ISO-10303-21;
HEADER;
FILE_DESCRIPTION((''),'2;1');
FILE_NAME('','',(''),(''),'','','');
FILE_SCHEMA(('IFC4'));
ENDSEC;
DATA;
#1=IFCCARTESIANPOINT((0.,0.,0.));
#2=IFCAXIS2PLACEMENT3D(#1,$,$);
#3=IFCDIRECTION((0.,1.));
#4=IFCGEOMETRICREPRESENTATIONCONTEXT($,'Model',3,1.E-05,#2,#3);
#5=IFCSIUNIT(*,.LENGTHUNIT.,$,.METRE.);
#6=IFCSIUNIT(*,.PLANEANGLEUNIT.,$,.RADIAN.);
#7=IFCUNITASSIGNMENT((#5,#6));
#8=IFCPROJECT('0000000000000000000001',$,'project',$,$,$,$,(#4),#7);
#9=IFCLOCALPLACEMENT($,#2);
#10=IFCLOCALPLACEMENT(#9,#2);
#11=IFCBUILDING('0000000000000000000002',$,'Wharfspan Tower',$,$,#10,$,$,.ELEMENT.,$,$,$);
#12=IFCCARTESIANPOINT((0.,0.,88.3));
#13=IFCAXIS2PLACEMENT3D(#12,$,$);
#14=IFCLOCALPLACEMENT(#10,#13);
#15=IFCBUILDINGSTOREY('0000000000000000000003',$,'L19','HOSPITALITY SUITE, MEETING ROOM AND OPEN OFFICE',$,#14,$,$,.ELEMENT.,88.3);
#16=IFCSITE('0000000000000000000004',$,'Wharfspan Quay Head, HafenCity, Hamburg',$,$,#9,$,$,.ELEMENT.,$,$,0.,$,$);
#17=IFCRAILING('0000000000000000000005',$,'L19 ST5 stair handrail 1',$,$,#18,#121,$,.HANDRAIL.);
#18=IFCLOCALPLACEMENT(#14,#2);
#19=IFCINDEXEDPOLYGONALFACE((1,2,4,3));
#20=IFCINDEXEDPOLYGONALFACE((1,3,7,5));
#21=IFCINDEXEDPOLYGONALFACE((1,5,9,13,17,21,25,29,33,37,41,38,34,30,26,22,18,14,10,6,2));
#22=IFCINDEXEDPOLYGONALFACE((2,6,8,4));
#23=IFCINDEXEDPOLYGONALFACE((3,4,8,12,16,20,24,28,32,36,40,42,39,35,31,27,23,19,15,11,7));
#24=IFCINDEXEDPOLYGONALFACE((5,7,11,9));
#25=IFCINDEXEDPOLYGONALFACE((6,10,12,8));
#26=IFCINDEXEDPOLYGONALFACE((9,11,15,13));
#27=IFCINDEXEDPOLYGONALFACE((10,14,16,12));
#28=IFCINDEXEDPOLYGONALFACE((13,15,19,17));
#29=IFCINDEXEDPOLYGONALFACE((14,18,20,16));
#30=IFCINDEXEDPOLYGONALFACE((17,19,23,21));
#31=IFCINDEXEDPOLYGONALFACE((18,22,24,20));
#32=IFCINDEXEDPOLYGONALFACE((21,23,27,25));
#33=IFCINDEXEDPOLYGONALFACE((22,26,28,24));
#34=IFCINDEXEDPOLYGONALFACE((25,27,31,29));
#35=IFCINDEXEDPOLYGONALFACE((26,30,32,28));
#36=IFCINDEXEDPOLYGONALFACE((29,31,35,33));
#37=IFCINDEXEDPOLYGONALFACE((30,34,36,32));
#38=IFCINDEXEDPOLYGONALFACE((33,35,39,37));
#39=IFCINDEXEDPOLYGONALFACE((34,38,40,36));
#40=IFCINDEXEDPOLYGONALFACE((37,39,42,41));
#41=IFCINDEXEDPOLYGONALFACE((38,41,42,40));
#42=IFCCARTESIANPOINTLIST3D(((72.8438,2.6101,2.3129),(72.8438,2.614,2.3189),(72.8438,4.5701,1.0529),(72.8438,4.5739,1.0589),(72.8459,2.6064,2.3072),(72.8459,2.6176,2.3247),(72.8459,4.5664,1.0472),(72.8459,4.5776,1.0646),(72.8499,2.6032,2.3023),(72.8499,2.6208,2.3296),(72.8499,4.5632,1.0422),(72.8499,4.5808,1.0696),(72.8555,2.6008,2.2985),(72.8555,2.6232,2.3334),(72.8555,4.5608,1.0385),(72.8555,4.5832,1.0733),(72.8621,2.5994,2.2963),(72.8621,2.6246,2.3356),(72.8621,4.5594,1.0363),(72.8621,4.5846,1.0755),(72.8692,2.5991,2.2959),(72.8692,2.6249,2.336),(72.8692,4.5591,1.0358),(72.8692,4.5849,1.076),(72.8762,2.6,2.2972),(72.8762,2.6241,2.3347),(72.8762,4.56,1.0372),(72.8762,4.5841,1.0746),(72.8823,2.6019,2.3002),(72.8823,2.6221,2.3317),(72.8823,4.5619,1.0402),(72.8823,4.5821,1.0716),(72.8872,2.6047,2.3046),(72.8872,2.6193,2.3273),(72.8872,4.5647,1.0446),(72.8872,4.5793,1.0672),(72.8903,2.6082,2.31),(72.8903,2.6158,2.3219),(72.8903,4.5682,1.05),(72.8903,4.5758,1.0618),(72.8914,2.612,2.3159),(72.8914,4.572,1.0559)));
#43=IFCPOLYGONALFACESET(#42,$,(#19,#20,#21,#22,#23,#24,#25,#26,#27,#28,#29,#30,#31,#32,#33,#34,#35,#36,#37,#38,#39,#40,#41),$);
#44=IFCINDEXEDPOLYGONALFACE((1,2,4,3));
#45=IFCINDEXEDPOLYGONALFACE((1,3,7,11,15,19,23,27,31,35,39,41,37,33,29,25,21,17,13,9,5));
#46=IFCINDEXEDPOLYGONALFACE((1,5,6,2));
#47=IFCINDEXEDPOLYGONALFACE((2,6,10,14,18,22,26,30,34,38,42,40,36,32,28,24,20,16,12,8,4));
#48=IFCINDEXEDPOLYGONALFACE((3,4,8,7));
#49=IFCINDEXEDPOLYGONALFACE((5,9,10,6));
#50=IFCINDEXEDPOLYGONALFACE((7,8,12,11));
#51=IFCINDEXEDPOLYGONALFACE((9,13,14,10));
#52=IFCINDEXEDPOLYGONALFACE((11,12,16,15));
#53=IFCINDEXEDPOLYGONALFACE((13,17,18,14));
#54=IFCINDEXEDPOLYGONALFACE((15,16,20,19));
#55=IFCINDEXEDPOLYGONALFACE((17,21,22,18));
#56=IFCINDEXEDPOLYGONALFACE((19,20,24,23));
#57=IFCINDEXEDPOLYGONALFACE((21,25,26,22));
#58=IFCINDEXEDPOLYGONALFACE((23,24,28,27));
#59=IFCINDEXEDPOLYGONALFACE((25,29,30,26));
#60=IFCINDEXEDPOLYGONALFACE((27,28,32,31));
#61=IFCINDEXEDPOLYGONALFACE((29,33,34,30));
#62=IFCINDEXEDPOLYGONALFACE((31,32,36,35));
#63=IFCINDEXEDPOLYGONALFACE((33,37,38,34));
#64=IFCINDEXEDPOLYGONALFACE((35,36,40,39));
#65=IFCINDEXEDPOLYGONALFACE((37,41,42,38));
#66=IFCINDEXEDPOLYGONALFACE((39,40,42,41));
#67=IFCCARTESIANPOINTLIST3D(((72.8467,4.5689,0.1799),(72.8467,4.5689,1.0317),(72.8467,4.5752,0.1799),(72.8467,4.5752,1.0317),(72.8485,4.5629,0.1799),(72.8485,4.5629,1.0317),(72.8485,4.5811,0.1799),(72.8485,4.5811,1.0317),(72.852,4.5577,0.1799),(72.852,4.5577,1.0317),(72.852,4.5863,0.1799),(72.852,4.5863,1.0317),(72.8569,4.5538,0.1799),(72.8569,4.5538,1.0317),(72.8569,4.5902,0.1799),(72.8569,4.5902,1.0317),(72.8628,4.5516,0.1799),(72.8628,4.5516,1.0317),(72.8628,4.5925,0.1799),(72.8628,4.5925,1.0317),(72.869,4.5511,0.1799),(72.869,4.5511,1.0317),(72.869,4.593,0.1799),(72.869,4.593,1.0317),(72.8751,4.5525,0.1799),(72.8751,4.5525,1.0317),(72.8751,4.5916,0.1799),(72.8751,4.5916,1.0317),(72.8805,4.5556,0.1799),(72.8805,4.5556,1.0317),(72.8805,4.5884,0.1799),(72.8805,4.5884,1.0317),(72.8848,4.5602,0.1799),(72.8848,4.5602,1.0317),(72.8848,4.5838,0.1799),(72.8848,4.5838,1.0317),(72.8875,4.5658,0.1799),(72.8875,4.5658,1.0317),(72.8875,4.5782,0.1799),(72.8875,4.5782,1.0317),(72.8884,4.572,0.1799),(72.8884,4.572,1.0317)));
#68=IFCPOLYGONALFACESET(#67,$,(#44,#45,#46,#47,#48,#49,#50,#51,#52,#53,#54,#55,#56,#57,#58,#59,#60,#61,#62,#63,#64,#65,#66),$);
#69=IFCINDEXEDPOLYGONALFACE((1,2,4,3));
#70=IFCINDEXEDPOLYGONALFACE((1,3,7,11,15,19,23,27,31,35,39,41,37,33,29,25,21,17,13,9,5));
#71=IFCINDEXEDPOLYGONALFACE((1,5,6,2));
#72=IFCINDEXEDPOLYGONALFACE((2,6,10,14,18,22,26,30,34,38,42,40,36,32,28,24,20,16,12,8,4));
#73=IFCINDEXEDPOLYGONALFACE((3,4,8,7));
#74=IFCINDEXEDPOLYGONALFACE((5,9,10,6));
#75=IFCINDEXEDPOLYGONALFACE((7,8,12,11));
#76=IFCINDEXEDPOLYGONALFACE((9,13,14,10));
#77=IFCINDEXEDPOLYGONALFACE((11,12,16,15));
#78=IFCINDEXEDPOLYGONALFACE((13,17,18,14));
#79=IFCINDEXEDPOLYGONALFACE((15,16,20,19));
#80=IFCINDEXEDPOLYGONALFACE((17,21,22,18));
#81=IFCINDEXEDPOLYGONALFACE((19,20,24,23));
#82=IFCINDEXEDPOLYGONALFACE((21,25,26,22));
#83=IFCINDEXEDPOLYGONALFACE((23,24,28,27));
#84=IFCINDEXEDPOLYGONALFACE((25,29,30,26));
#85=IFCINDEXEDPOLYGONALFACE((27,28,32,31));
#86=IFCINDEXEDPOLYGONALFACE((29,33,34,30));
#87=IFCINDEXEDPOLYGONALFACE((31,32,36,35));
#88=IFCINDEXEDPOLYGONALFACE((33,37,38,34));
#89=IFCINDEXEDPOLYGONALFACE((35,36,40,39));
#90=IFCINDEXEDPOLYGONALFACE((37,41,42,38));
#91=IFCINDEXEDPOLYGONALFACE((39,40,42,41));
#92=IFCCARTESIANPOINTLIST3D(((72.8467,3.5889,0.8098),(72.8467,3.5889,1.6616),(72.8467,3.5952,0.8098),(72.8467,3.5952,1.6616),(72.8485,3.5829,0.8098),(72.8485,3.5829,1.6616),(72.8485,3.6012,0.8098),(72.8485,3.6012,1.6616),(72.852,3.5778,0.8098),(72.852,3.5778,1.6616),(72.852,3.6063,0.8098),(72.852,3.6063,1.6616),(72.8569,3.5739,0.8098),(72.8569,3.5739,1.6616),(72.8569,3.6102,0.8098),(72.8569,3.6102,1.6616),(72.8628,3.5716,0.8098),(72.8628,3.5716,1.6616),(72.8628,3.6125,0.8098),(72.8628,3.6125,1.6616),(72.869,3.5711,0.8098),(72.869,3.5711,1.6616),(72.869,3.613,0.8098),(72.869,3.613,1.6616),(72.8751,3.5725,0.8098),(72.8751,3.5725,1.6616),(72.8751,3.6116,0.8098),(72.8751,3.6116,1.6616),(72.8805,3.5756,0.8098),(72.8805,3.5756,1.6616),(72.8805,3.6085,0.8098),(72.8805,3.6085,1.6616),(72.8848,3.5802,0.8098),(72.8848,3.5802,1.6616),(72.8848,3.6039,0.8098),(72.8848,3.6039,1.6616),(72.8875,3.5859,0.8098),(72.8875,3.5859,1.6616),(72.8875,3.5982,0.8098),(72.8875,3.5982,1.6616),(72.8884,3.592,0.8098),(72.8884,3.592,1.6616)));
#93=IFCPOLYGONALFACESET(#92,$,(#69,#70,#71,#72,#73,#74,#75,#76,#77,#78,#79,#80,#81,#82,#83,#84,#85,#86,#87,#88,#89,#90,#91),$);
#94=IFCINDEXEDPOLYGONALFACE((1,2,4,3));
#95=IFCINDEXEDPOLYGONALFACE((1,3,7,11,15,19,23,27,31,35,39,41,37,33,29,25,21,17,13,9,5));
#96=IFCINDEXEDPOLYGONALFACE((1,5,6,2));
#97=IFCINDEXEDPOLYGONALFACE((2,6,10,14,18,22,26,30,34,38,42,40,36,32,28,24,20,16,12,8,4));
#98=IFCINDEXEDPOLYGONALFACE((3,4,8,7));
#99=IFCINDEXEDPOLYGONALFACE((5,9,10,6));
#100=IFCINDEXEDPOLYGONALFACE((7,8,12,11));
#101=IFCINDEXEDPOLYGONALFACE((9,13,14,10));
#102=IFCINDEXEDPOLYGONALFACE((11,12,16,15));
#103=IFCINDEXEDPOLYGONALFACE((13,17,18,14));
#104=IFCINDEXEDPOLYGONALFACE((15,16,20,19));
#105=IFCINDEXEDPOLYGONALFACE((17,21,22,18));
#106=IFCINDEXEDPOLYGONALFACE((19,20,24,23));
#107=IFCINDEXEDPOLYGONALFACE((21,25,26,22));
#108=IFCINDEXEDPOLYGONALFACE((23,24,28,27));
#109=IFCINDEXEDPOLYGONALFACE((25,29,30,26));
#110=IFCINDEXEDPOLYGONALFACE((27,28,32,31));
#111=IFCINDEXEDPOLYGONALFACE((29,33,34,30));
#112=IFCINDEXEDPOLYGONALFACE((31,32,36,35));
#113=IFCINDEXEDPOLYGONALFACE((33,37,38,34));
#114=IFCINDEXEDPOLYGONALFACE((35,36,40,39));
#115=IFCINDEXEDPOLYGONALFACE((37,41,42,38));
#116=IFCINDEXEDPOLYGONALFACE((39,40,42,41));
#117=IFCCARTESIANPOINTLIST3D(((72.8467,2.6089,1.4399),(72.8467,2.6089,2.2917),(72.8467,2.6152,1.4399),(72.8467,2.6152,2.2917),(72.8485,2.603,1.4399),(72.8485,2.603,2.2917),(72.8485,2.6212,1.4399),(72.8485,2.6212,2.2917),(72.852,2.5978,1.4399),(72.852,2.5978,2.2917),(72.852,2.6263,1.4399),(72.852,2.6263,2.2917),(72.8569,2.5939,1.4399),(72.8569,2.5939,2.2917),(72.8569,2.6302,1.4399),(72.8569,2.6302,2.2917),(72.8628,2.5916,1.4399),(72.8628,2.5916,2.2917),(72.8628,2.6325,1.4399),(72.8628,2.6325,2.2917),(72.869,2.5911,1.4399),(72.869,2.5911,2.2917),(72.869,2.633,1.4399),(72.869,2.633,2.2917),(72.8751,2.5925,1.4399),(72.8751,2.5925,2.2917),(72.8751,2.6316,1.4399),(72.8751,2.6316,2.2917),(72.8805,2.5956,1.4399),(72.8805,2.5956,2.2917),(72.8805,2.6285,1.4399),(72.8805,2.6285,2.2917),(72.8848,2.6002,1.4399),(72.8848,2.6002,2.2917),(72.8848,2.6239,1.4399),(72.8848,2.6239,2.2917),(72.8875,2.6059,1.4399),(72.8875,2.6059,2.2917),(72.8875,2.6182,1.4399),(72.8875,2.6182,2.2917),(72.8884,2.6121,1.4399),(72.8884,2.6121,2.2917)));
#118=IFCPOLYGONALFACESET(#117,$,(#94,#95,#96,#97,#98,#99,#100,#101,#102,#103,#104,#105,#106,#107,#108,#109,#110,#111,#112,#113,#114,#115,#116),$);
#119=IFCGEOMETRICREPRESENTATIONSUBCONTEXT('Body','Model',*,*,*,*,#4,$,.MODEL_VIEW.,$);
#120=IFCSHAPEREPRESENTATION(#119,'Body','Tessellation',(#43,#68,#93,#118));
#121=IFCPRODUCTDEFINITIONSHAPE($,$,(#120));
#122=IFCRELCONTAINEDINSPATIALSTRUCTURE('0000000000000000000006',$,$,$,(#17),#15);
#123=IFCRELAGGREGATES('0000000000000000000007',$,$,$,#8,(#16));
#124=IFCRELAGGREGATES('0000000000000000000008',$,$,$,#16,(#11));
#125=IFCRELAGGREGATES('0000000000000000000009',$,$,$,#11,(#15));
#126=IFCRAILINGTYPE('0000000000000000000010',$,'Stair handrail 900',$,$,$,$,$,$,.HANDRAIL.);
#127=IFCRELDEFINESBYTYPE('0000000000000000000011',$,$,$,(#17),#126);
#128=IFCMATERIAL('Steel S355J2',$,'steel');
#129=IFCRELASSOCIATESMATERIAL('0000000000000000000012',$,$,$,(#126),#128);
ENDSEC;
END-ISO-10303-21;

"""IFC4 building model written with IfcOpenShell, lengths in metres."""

from ifc_helpers import new_model, si_unit, direction, frame, origin, origin_2d, place, context, subcontext, project, spatial, circle, extrude, material, type_object, element, save


model = new_model("IFC4")

# Units and contexts
model_context = context("Model", 3, precision=1e-05, world=origin(), true_north=direction((0.0, 1.0)))
body_context = subcontext(model_context, "Body", "Model", "MODEL_VIEW")
ifc_project = project(units=[si_unit("LENGTHUNIT", "METRE"), si_unit("PLANEANGLEUNIT", "RADIAN")], contexts=[model_context])

# Site, building, storey
site_placement = place(None, origin())
site = spatial("IfcSite", under=ifc_project, at=site_placement, Name="Wharfspan Quay Head, HafenCity, Hamburg", CompositionType="ELEMENT", RefElevation=0.0)
building_placement = place(site_placement, origin())
building = spatial("IfcBuilding", under=site, at=building_placement, Name="Wharfspan Tower", CompositionType="ELEMENT")
storey_placement = place(building_placement, frame((0.0, 0.0, 88.3)))
storey = spatial("IfcBuildingStorey", under=building, at=storey_placement, Name="L19", Description="HOSPITALITY SUITE, MEETING ROOM AND OPEN OFFICE", CompositionType="ELEMENT", Elevation=88.3)

# Shared definitions
ifc_material_1 = material(Name="Steel S355J2", Category="steel")

# Railing
railing_type_1 = type_object("IfcRailingType", Name="Stair handrail 900", PredefinedType="HANDRAIL", material=ifc_material_1)
railing_1_placement = place(storey_placement, frame((72.8674, 4.572, 0.1799)))
element("IfcRailing", 1, at=railing_1_placement, inside=storey, type_object=railing_type_1, Name="L19 ST5 stair handrail 1", PredefinedType="HANDRAIL", context=body_context, shape_type="SweptSolid", body=[
    extrude(circle(Radius=0.0239, at=origin_2d()), frame((0.0, 0.0, 0.876), z_axis=(0.0, -0.841172, 0.540768), x_axis=(1.0, 0.0, 0.0)), (0.0, 0.0, 1.0), 2.3301),
    extrude(circle(Radius=0.021, at=origin_2d()), origin(), (0.0, 0.0, 1.0), 0.8518),
    extrude(circle(Radius=0.021, at=origin_2d()), frame((0.0, -0.98, 0.6299)), (0.0, 0.0, 1.0), 0.8518),
    extrude(circle(Radius=0.021, at=origin_2d()), frame((0.0, -1.96, 1.26)), (0.0, 0.0, 1.0), 0.8518),
])

save(model, "model.ifc")
